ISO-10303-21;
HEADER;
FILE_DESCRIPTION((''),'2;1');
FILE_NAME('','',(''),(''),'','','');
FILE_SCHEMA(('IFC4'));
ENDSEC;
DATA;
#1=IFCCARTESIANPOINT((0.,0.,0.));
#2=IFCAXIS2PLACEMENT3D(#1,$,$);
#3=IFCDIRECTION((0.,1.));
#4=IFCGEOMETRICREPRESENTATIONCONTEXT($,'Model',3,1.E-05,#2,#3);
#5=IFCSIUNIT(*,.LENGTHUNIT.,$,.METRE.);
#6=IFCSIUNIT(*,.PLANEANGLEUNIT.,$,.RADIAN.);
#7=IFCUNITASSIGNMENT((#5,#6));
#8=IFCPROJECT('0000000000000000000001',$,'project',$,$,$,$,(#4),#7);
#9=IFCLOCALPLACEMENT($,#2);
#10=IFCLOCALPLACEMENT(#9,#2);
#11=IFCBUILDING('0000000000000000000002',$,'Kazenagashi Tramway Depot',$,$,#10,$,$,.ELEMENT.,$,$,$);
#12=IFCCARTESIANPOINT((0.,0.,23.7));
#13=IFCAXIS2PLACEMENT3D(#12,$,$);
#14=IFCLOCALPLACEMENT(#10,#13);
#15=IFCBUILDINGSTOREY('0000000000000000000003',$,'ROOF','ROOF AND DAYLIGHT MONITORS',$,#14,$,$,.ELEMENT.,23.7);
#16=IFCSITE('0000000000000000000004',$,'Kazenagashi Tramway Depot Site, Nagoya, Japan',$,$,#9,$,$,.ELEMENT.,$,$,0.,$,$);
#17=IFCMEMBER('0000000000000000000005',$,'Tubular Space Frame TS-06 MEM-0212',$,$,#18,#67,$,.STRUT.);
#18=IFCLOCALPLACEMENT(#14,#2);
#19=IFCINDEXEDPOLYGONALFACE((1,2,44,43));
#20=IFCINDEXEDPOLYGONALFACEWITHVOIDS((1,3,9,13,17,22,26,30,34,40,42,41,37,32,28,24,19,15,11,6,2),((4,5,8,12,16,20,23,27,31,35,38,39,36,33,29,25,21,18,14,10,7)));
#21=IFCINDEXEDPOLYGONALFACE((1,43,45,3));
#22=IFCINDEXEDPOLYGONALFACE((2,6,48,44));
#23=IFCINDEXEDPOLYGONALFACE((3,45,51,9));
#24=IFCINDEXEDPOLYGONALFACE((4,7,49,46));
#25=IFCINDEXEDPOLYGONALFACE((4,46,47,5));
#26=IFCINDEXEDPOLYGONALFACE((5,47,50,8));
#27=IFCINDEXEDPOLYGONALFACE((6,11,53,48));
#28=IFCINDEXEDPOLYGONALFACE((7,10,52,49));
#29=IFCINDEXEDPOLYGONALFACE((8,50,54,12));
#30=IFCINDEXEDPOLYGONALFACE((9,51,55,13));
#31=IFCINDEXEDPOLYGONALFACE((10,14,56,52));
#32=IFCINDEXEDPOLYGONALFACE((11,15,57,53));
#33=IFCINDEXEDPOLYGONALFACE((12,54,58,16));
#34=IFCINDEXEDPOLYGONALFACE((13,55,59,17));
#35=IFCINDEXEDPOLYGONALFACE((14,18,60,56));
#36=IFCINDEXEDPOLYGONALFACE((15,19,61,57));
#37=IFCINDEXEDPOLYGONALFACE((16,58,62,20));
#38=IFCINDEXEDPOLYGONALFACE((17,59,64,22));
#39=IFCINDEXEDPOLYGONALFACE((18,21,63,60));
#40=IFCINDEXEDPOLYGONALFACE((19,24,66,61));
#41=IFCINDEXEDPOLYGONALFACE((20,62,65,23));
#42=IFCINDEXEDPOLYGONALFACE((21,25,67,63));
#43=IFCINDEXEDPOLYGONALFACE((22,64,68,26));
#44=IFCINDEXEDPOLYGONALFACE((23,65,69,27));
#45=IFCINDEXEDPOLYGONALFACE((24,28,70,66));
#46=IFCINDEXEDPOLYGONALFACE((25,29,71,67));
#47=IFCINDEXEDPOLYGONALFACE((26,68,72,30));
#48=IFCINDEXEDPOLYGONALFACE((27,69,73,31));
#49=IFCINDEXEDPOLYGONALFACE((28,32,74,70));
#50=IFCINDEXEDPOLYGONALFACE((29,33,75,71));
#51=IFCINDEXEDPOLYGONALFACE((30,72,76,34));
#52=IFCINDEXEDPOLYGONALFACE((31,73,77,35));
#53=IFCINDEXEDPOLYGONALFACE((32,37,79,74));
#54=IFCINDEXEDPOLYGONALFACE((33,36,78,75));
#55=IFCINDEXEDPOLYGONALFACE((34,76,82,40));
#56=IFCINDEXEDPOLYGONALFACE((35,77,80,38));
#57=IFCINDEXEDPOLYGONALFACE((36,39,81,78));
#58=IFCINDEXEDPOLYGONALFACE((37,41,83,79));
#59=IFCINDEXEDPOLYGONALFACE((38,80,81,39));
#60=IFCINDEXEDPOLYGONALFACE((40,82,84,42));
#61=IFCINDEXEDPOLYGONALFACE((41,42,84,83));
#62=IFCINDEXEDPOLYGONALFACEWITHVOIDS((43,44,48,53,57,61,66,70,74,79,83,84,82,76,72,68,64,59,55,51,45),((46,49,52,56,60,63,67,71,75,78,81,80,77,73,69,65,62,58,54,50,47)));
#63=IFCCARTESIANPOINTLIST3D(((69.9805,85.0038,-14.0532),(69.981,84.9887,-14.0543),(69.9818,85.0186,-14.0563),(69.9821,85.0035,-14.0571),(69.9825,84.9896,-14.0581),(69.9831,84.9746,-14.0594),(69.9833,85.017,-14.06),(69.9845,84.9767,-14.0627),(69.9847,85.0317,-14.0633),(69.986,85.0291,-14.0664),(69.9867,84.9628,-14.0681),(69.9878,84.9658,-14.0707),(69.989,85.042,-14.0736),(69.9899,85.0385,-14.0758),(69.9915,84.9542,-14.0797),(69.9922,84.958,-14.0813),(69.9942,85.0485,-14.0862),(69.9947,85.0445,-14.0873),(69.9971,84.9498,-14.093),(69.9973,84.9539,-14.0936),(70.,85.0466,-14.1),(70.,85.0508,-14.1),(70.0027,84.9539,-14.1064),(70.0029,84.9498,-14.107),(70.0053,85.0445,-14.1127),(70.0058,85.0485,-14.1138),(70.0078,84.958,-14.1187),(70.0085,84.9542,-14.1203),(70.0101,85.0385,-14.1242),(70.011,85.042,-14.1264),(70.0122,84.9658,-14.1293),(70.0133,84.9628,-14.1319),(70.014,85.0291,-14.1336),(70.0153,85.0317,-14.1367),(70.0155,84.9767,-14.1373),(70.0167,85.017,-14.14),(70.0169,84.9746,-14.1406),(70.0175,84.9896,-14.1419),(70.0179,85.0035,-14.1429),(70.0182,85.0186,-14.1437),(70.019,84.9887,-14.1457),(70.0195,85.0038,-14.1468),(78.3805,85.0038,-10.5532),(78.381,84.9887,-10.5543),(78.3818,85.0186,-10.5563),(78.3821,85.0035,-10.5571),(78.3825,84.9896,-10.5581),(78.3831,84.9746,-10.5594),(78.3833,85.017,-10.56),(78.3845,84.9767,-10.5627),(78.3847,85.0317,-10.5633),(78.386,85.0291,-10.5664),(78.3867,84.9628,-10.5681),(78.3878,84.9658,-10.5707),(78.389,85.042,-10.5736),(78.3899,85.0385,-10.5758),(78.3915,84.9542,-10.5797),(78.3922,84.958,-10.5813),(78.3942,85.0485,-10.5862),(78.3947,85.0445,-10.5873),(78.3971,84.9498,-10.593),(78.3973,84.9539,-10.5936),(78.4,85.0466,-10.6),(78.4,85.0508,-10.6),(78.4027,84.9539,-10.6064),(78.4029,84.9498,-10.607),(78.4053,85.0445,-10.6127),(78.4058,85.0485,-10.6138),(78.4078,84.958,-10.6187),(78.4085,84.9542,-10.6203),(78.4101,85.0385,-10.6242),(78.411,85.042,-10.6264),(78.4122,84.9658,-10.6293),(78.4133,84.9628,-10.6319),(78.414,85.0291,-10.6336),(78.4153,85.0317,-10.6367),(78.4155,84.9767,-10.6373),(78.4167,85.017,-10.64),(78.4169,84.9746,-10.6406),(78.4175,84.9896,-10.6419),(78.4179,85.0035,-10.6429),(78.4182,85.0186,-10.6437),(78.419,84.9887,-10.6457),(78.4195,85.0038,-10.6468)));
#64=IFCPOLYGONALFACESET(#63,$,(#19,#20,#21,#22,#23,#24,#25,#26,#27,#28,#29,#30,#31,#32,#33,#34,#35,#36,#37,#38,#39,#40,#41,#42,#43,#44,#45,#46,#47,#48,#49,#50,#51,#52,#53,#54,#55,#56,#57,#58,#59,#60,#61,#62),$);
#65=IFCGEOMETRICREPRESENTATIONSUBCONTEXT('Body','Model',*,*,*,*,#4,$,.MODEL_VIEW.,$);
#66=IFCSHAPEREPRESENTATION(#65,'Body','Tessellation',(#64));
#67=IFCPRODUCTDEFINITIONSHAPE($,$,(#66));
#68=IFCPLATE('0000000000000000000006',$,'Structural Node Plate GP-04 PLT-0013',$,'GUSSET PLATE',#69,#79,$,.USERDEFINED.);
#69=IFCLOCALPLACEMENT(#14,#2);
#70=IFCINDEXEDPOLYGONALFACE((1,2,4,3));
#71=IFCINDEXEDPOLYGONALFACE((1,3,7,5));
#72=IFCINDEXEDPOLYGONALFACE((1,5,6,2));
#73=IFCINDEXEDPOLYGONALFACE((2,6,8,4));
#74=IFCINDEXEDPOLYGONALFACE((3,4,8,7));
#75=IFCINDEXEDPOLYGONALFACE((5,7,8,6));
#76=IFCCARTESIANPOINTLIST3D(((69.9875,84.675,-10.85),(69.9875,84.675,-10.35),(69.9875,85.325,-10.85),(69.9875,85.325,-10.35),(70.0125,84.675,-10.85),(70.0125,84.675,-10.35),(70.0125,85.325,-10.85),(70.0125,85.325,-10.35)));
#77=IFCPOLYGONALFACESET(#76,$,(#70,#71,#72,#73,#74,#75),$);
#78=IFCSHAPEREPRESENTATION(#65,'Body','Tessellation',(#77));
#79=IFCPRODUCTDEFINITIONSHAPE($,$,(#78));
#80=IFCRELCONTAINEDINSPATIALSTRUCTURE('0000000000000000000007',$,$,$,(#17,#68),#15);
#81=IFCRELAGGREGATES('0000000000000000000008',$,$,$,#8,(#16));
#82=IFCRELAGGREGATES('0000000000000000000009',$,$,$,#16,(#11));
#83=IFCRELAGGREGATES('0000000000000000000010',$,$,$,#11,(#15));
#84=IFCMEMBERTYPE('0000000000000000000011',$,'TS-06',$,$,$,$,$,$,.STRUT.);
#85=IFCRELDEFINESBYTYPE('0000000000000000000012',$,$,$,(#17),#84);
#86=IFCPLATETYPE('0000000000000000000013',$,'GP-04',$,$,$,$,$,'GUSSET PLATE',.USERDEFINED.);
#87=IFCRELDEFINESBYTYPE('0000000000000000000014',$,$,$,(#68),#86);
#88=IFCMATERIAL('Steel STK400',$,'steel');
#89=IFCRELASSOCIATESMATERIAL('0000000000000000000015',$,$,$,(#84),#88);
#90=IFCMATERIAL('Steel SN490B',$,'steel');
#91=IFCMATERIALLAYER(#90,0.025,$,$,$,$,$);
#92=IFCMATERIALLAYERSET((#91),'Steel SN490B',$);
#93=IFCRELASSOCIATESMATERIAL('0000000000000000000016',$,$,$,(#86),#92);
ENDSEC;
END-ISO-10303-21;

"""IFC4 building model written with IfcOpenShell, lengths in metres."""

from ifc_helpers import new_model, si_unit, direction, frame, origin, origin_2d, place, context, subcontext, project, spatial, rectangle, hollow_circle, extrude, material, layer, layer_set, material_profile, profile_set, type_object, element, save


model = new_model("IFC4")

# Units and contexts
model_context = context("Model", 3, precision=1e-05, world=origin(), true_north=direction((0.0, 1.0)))
body_context = subcontext(model_context, "Body", "Model", "MODEL_VIEW")
ifc_project = project(units=[si_unit("LENGTHUNIT", "METRE"), si_unit("PLANEANGLEUNIT", "RADIAN")], contexts=[model_context])

# Site, building, storey
site_placement = place(None, origin())
site = spatial("IfcSite", under=ifc_project, at=site_placement, Name="Kazenagashi Tramway Depot Site, Nagoya, Japan", CompositionType="ELEMENT", RefElevation=0.0)
building_placement = place(site_placement, origin())
building = spatial("IfcBuilding", under=site, at=building_placement, Name="Kazenagashi Tramway Depot", CompositionType="ELEMENT")
storey_placement = place(building_placement, frame((0.0, 0.0, 23.7)))
storey = spatial("IfcBuildingStorey", under=building, at=storey_placement, Name="ROOF", Description="ROOF AND DAYLIGHT MONITORS", CompositionType="ELEMENT", Elevation=23.7)

# Member
ifc_material_1 = material(Name="Steel STK400", Category="steel")
ifc_material_profile_1 = material_profile(ifc_material_1, hollow_circle(Radius=0.0508, WallThickness=0.0042, at=origin_2d()), Name="CHS-101.6x4.2")
ifc_profile_set_1 = profile_set([ifc_material_profile_1], Name="Steel STK400")
member_type_1 = type_object("IfcMemberType", Name="TS-06", PredefinedType="STRUT", material=ifc_profile_set_1)
member_1_placement = place(storey_placement, frame((70.0, 85.0, -14.1), z_axis=(0.923077, 0.0, 0.384615), x_axis=(0.0, 1.0, 0.0)))
element("IfcMember", 1, at=member_1_placement, inside=storey, type_object=member_type_1, Name="Tubular Space Frame TS-06 MEM-0212", PredefinedType="STRUT", context=body_context, shape_type="SweptSolid", body=[
    extrude(hollow_circle(Radius=0.0508, WallThickness=0.0042, at=origin_2d()), origin(), (0.0, 0.0, 1.0), 9.1),
])

# Plate
ifc_material_2 = material(Name="Steel SN490B", Category="steel")
ifc_layer = layer(ifc_material_2, 0.025)
ifc_layer_set = layer_set([ifc_layer], Name="Steel SN490B")
plate_type = type_object("IfcPlateType", Name="GP-04", ElementType="GUSSET PLATE", PredefinedType="USERDEFINED", material=ifc_layer_set)
plate_placement = place(storey_placement, frame((70.0, 85.0, -10.85), z_axis=(0.0, 0.0, 1.0), x_axis=(0.0, 1.0, 0.0)))
element("IfcPlate", 2, at=plate_placement, inside=storey, type_object=plate_type, Name="Structural Node Plate GP-04 PLT-0013", ObjectType="GUSSET PLATE", PredefinedType="USERDEFINED", context=body_context, shape_type="SweptSolid", body=[
    extrude(rectangle(XDim=0.65, YDim=0.025, at=origin_2d()), origin(), (0.0, 0.0, 1.0), 0.5),
])

save(model, "model.ifc")
